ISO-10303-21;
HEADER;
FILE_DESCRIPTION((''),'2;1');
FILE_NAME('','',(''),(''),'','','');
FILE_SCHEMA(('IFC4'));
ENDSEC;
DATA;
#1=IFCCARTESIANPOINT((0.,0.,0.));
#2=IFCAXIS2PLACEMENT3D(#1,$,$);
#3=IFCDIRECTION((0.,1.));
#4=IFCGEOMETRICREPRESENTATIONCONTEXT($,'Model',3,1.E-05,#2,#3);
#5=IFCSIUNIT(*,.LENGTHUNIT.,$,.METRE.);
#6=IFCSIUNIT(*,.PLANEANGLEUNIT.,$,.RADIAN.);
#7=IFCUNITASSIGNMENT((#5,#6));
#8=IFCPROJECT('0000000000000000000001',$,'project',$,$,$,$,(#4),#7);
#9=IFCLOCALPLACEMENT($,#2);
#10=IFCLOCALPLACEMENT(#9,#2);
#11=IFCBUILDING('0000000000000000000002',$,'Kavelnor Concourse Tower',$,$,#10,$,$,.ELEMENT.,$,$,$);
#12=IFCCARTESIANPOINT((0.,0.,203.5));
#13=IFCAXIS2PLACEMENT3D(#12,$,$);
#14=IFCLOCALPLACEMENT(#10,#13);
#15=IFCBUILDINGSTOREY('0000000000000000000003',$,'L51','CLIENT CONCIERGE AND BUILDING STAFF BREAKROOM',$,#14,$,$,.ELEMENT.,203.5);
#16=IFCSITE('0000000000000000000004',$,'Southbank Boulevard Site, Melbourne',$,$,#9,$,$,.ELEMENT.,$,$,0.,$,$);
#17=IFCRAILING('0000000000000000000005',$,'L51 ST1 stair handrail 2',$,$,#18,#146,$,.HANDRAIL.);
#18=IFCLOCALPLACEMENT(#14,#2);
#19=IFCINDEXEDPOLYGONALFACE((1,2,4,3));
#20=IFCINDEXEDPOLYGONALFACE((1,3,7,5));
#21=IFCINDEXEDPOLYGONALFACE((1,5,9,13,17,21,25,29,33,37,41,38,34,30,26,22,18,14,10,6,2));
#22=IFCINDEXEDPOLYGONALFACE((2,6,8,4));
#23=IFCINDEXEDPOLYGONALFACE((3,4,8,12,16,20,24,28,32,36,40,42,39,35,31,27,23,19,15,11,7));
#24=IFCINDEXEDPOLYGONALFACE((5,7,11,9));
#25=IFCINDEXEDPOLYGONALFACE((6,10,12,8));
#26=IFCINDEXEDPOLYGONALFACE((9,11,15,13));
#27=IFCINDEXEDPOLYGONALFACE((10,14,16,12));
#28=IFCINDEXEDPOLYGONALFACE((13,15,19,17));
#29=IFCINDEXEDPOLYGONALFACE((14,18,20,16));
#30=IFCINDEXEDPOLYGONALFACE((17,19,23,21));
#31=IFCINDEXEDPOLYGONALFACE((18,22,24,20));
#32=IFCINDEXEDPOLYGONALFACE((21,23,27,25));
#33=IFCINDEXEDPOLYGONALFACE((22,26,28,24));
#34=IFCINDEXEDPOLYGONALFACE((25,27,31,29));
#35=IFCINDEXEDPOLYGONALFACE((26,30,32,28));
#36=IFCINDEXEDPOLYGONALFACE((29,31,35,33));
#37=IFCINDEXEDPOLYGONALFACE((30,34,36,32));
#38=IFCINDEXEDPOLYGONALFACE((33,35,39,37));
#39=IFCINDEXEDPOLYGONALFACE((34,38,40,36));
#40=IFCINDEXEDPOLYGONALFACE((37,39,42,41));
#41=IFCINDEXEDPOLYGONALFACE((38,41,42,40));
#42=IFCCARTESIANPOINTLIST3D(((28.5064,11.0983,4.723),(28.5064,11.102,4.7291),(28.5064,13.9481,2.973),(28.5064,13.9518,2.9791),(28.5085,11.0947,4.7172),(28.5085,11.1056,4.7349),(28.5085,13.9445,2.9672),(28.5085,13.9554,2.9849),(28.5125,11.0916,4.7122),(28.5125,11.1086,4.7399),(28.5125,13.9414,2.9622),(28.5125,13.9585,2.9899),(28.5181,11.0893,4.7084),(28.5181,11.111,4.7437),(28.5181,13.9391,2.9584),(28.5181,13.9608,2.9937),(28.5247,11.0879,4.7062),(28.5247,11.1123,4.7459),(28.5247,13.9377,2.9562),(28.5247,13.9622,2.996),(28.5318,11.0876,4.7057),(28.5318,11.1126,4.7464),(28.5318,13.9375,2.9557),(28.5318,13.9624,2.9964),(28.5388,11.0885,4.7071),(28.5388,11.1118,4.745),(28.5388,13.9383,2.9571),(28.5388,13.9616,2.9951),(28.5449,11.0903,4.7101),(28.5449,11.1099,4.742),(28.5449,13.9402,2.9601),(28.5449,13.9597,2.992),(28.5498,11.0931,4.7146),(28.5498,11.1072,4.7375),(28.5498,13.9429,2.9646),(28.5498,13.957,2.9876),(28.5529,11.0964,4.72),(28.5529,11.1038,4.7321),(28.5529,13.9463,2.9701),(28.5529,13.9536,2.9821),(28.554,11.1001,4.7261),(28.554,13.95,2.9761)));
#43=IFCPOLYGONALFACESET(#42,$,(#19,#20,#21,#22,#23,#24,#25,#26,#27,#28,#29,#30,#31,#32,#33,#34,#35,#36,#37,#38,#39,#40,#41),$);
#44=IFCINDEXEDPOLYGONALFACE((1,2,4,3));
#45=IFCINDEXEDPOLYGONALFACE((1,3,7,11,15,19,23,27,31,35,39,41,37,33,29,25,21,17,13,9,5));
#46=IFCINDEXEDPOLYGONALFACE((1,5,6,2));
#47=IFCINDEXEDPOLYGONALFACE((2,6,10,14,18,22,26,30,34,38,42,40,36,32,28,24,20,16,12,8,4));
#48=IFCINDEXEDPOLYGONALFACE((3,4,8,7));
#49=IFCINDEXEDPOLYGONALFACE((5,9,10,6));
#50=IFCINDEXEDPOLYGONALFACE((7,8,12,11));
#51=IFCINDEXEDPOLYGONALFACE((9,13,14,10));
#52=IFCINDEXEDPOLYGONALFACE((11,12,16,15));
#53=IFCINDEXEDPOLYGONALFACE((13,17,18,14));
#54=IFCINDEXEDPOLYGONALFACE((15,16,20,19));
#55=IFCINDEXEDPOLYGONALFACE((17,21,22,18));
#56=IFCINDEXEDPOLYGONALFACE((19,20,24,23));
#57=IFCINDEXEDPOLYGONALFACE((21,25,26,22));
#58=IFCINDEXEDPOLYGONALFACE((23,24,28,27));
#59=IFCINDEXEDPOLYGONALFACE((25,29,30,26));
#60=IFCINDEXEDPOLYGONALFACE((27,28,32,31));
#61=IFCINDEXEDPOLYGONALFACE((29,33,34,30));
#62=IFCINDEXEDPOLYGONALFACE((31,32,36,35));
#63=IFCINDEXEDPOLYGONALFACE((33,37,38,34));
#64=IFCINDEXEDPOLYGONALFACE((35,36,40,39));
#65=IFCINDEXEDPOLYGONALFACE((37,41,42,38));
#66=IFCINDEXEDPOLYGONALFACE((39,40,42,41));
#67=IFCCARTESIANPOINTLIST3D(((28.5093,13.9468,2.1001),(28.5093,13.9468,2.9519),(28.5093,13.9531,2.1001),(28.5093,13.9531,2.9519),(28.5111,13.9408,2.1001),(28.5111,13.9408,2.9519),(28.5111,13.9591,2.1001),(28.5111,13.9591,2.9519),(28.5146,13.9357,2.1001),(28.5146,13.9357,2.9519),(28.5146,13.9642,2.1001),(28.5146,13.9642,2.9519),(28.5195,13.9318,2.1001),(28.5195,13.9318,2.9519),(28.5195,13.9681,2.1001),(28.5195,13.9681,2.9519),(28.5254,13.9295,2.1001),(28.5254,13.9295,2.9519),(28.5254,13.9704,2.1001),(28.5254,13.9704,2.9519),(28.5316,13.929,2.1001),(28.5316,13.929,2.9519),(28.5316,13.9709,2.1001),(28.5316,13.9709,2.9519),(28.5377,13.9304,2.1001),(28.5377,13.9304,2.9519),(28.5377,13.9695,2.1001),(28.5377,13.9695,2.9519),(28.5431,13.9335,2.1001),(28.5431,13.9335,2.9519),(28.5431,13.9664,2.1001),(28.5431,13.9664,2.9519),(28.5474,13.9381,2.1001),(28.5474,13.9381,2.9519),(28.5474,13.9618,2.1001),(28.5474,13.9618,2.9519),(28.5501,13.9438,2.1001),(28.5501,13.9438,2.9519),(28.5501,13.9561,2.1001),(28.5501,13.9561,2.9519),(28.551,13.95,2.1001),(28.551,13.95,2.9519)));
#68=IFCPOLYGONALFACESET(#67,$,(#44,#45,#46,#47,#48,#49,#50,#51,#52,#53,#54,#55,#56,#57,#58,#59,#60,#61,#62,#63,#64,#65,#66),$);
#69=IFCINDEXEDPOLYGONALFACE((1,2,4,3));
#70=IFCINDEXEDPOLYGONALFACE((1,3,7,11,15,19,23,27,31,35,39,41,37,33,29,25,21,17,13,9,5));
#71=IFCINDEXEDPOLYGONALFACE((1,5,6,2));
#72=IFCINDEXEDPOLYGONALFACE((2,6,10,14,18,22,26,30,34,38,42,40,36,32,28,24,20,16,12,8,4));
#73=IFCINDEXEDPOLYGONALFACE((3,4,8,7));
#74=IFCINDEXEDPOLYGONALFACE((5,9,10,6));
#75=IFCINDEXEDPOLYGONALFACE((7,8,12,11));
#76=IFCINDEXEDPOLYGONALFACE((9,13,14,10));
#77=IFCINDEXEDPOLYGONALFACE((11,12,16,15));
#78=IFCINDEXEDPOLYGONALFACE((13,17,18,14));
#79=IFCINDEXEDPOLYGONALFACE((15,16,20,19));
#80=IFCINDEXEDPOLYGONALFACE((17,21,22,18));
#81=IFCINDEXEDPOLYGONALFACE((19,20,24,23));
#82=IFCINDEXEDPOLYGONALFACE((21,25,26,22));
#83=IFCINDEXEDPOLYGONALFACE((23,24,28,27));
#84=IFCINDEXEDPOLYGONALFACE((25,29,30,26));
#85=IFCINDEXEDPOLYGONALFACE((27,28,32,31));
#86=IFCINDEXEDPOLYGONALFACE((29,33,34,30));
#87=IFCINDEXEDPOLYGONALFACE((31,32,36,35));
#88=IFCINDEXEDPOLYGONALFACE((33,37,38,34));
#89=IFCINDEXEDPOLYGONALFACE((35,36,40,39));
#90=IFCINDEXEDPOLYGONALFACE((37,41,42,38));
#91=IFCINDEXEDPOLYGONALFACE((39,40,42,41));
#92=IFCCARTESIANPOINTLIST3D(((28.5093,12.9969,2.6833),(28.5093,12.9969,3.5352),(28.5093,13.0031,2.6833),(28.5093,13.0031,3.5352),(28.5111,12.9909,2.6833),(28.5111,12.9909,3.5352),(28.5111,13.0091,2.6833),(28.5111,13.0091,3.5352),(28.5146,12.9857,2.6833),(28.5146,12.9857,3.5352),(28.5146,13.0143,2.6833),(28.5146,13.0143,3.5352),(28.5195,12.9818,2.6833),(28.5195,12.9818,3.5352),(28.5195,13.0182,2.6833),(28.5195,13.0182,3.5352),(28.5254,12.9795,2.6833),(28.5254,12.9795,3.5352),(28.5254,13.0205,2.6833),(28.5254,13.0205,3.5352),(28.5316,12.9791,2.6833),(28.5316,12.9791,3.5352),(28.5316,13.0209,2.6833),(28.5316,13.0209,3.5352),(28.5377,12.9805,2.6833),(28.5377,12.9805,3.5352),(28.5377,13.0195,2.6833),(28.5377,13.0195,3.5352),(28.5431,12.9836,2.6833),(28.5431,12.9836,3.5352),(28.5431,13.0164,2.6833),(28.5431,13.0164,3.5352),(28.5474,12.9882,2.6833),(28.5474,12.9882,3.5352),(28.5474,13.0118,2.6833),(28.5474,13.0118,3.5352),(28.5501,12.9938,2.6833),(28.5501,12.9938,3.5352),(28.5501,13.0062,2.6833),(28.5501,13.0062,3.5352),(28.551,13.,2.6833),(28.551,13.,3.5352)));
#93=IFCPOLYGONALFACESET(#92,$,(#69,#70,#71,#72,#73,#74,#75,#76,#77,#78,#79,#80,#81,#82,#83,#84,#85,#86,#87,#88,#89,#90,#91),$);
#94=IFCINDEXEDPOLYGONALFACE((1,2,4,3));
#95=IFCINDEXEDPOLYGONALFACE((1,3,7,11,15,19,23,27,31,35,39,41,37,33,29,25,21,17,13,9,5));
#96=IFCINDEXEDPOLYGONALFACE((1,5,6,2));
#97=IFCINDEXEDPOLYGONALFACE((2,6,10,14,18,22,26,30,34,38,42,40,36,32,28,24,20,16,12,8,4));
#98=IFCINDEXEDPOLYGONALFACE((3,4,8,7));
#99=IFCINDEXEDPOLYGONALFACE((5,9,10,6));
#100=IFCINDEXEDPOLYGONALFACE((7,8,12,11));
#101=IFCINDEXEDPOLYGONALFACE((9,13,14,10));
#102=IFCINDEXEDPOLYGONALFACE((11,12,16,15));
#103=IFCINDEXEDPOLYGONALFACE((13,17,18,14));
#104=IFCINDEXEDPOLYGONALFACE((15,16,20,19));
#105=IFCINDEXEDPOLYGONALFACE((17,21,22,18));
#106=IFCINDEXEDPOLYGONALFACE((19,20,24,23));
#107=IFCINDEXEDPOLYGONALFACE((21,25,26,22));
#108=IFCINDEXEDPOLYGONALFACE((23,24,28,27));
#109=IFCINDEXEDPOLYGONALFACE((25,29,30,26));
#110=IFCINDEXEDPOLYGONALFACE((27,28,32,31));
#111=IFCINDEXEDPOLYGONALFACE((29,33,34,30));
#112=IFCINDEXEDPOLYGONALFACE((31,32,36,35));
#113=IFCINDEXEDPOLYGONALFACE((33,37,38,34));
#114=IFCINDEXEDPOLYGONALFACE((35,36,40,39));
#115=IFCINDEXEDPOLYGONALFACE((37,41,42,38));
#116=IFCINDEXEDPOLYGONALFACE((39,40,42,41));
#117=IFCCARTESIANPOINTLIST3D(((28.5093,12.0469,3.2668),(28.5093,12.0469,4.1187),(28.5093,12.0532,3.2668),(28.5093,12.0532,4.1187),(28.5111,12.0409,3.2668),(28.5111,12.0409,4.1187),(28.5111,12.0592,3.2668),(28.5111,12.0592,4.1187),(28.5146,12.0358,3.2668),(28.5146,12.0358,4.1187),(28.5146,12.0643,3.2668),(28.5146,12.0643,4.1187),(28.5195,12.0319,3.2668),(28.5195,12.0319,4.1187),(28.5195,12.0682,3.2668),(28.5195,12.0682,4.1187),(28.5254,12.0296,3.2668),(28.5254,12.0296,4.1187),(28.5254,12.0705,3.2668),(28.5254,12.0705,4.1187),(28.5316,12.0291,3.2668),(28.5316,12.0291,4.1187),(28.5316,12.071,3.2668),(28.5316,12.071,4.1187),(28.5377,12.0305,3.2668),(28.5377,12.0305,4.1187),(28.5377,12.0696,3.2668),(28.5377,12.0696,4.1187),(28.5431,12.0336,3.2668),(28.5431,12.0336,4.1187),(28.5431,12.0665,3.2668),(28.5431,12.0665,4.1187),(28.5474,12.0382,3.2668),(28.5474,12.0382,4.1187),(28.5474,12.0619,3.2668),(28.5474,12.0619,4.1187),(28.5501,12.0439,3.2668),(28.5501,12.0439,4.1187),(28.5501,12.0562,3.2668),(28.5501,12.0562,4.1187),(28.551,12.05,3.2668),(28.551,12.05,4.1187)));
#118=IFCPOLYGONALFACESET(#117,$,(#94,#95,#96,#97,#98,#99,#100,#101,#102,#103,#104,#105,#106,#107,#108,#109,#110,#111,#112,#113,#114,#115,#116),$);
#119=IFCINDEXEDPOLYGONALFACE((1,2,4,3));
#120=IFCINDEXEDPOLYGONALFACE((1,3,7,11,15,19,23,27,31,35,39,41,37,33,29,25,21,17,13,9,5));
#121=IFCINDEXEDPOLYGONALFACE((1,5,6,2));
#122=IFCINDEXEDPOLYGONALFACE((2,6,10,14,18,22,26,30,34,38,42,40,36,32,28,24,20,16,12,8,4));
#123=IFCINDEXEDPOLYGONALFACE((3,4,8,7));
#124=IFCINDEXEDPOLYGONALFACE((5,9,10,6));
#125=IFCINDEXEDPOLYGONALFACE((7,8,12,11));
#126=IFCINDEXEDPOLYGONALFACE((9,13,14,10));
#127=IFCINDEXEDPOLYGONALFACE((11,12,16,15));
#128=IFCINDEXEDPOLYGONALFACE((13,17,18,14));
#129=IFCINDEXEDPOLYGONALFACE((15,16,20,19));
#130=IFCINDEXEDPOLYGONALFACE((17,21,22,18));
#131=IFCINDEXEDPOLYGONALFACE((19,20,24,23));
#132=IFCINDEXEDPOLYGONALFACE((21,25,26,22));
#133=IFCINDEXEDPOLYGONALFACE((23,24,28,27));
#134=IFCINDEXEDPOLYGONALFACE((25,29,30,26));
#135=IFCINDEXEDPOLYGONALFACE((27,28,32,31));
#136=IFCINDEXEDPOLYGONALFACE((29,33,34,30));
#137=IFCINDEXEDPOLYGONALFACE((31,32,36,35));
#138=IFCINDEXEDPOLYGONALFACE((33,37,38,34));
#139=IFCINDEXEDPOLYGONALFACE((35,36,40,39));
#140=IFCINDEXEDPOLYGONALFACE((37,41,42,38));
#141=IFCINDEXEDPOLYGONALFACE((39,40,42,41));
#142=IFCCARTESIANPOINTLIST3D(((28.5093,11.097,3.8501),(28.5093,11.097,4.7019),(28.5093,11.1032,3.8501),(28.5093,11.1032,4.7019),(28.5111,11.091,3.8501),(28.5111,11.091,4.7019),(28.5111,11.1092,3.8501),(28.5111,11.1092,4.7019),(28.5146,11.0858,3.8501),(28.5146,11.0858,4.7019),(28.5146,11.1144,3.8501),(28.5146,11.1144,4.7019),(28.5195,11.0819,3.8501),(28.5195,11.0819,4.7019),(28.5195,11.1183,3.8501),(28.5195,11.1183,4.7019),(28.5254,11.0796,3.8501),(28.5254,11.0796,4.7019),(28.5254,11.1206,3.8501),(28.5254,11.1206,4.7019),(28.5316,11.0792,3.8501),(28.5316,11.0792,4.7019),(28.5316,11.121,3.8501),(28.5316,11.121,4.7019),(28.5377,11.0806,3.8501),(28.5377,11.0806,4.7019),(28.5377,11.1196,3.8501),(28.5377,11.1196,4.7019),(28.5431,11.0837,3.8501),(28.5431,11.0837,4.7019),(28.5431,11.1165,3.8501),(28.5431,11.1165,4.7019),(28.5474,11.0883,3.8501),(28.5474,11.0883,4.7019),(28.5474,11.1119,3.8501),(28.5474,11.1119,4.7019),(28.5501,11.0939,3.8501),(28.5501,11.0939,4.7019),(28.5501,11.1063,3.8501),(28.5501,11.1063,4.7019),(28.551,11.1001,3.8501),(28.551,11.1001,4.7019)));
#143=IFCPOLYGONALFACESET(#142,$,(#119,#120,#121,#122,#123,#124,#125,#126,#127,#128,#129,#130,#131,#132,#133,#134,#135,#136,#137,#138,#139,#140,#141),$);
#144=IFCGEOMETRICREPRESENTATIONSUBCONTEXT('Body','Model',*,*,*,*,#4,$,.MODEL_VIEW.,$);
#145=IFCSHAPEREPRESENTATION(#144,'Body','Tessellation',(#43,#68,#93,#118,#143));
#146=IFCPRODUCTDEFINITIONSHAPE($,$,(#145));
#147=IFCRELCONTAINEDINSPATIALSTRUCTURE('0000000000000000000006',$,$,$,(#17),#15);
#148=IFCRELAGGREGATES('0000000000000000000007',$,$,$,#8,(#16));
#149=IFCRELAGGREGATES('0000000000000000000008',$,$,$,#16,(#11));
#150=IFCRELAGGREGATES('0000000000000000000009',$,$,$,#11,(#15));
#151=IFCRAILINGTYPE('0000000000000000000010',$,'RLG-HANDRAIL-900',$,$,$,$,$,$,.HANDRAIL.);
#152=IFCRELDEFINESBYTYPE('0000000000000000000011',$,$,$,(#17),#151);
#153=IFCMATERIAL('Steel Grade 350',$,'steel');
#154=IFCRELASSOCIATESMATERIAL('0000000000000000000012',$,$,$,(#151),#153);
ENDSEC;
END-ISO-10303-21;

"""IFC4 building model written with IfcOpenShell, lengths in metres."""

from ifc_helpers import new_model, si_unit, direction, frame, origin, origin_2d, place, context, subcontext, project, spatial, circle, extrude, material, type_object, element, save


model = new_model("IFC4")

# Units and contexts
model_context = context("Model", 3, precision=1e-05, world=origin(), true_north=direction((0.0, 1.0)))
body_context = subcontext(model_context, "Body", "Model", "MODEL_VIEW")
ifc_project = project(units=[si_unit("LENGTHUNIT", "METRE"), si_unit("PLANEANGLEUNIT", "RADIAN")], contexts=[model_context])

# Site, building, storey
site_placement = place(None, origin())
site = spatial("IfcSite", under=ifc_project, at=site_placement, Name="Southbank Boulevard Site, Melbourne", CompositionType="ELEMENT", RefElevation=0.0)
building_placement = place(site_placement, origin())
building = spatial("IfcBuilding", under=site, at=building_placement, Name="Kavelnor Concourse Tower", CompositionType="ELEMENT")
storey_placement = place(building_placement, frame((0.0, 0.0, 203.5)))
storey = spatial("IfcBuildingStorey", under=building, at=storey_placement, Name="L51", Description="CLIENT CONCIERGE AND BUILDING STAFF BREAKROOM", CompositionType="ELEMENT", Elevation=203.5)

# Shared definitions
ifc_material_1 = material(Name="Steel Grade 350", Category="steel")

# Railing
railing_type_1 = type_object("IfcRailingType", Name="RLG-HANDRAIL-900", PredefinedType="HANDRAIL", material=ifc_material_1)
railing_1_placement = place(storey_placement, frame((28.53, 13.95, 2.1001)))
element("IfcRailing", 1, at=railing_1_placement, inside=storey, type_object=railing_type_1, Name="L51 ST1 stair handrail 2", PredefinedType="HANDRAIL", context=body_context, shape_type="SweptSolid", body=[
    extrude(circle(Radius=0.0239, at=origin_2d()), frame((0.0, 0.0, 0.876), z_axis=(0.0, -0.852159, 0.523283), x_axis=(1.0, 0.0, 0.0)), (0.0, 0.0, 1.0), 3.3442),
    extrude(circle(Radius=0.021, at=origin_2d()), origin(), (0.0, 0.0, 1.0), 0.8518),
    extrude(circle(Radius=0.021, at=origin_2d()), frame((0.0, -0.95, 0.5833)), (0.0, 0.0, 1.0), 0.8518),
    extrude(circle(Radius=0.021, at=origin_2d()), frame((0.0, -1.8999, 1.1667)), (0.0, 0.0, 1.0), 0.8518),
    extrude(circle(Radius=0.021, at=origin_2d()), frame((0.0, -2.8499, 1.75)), (0.0, 0.0, 1.0), 0.8518),
])

save(model, "model.ifc")
